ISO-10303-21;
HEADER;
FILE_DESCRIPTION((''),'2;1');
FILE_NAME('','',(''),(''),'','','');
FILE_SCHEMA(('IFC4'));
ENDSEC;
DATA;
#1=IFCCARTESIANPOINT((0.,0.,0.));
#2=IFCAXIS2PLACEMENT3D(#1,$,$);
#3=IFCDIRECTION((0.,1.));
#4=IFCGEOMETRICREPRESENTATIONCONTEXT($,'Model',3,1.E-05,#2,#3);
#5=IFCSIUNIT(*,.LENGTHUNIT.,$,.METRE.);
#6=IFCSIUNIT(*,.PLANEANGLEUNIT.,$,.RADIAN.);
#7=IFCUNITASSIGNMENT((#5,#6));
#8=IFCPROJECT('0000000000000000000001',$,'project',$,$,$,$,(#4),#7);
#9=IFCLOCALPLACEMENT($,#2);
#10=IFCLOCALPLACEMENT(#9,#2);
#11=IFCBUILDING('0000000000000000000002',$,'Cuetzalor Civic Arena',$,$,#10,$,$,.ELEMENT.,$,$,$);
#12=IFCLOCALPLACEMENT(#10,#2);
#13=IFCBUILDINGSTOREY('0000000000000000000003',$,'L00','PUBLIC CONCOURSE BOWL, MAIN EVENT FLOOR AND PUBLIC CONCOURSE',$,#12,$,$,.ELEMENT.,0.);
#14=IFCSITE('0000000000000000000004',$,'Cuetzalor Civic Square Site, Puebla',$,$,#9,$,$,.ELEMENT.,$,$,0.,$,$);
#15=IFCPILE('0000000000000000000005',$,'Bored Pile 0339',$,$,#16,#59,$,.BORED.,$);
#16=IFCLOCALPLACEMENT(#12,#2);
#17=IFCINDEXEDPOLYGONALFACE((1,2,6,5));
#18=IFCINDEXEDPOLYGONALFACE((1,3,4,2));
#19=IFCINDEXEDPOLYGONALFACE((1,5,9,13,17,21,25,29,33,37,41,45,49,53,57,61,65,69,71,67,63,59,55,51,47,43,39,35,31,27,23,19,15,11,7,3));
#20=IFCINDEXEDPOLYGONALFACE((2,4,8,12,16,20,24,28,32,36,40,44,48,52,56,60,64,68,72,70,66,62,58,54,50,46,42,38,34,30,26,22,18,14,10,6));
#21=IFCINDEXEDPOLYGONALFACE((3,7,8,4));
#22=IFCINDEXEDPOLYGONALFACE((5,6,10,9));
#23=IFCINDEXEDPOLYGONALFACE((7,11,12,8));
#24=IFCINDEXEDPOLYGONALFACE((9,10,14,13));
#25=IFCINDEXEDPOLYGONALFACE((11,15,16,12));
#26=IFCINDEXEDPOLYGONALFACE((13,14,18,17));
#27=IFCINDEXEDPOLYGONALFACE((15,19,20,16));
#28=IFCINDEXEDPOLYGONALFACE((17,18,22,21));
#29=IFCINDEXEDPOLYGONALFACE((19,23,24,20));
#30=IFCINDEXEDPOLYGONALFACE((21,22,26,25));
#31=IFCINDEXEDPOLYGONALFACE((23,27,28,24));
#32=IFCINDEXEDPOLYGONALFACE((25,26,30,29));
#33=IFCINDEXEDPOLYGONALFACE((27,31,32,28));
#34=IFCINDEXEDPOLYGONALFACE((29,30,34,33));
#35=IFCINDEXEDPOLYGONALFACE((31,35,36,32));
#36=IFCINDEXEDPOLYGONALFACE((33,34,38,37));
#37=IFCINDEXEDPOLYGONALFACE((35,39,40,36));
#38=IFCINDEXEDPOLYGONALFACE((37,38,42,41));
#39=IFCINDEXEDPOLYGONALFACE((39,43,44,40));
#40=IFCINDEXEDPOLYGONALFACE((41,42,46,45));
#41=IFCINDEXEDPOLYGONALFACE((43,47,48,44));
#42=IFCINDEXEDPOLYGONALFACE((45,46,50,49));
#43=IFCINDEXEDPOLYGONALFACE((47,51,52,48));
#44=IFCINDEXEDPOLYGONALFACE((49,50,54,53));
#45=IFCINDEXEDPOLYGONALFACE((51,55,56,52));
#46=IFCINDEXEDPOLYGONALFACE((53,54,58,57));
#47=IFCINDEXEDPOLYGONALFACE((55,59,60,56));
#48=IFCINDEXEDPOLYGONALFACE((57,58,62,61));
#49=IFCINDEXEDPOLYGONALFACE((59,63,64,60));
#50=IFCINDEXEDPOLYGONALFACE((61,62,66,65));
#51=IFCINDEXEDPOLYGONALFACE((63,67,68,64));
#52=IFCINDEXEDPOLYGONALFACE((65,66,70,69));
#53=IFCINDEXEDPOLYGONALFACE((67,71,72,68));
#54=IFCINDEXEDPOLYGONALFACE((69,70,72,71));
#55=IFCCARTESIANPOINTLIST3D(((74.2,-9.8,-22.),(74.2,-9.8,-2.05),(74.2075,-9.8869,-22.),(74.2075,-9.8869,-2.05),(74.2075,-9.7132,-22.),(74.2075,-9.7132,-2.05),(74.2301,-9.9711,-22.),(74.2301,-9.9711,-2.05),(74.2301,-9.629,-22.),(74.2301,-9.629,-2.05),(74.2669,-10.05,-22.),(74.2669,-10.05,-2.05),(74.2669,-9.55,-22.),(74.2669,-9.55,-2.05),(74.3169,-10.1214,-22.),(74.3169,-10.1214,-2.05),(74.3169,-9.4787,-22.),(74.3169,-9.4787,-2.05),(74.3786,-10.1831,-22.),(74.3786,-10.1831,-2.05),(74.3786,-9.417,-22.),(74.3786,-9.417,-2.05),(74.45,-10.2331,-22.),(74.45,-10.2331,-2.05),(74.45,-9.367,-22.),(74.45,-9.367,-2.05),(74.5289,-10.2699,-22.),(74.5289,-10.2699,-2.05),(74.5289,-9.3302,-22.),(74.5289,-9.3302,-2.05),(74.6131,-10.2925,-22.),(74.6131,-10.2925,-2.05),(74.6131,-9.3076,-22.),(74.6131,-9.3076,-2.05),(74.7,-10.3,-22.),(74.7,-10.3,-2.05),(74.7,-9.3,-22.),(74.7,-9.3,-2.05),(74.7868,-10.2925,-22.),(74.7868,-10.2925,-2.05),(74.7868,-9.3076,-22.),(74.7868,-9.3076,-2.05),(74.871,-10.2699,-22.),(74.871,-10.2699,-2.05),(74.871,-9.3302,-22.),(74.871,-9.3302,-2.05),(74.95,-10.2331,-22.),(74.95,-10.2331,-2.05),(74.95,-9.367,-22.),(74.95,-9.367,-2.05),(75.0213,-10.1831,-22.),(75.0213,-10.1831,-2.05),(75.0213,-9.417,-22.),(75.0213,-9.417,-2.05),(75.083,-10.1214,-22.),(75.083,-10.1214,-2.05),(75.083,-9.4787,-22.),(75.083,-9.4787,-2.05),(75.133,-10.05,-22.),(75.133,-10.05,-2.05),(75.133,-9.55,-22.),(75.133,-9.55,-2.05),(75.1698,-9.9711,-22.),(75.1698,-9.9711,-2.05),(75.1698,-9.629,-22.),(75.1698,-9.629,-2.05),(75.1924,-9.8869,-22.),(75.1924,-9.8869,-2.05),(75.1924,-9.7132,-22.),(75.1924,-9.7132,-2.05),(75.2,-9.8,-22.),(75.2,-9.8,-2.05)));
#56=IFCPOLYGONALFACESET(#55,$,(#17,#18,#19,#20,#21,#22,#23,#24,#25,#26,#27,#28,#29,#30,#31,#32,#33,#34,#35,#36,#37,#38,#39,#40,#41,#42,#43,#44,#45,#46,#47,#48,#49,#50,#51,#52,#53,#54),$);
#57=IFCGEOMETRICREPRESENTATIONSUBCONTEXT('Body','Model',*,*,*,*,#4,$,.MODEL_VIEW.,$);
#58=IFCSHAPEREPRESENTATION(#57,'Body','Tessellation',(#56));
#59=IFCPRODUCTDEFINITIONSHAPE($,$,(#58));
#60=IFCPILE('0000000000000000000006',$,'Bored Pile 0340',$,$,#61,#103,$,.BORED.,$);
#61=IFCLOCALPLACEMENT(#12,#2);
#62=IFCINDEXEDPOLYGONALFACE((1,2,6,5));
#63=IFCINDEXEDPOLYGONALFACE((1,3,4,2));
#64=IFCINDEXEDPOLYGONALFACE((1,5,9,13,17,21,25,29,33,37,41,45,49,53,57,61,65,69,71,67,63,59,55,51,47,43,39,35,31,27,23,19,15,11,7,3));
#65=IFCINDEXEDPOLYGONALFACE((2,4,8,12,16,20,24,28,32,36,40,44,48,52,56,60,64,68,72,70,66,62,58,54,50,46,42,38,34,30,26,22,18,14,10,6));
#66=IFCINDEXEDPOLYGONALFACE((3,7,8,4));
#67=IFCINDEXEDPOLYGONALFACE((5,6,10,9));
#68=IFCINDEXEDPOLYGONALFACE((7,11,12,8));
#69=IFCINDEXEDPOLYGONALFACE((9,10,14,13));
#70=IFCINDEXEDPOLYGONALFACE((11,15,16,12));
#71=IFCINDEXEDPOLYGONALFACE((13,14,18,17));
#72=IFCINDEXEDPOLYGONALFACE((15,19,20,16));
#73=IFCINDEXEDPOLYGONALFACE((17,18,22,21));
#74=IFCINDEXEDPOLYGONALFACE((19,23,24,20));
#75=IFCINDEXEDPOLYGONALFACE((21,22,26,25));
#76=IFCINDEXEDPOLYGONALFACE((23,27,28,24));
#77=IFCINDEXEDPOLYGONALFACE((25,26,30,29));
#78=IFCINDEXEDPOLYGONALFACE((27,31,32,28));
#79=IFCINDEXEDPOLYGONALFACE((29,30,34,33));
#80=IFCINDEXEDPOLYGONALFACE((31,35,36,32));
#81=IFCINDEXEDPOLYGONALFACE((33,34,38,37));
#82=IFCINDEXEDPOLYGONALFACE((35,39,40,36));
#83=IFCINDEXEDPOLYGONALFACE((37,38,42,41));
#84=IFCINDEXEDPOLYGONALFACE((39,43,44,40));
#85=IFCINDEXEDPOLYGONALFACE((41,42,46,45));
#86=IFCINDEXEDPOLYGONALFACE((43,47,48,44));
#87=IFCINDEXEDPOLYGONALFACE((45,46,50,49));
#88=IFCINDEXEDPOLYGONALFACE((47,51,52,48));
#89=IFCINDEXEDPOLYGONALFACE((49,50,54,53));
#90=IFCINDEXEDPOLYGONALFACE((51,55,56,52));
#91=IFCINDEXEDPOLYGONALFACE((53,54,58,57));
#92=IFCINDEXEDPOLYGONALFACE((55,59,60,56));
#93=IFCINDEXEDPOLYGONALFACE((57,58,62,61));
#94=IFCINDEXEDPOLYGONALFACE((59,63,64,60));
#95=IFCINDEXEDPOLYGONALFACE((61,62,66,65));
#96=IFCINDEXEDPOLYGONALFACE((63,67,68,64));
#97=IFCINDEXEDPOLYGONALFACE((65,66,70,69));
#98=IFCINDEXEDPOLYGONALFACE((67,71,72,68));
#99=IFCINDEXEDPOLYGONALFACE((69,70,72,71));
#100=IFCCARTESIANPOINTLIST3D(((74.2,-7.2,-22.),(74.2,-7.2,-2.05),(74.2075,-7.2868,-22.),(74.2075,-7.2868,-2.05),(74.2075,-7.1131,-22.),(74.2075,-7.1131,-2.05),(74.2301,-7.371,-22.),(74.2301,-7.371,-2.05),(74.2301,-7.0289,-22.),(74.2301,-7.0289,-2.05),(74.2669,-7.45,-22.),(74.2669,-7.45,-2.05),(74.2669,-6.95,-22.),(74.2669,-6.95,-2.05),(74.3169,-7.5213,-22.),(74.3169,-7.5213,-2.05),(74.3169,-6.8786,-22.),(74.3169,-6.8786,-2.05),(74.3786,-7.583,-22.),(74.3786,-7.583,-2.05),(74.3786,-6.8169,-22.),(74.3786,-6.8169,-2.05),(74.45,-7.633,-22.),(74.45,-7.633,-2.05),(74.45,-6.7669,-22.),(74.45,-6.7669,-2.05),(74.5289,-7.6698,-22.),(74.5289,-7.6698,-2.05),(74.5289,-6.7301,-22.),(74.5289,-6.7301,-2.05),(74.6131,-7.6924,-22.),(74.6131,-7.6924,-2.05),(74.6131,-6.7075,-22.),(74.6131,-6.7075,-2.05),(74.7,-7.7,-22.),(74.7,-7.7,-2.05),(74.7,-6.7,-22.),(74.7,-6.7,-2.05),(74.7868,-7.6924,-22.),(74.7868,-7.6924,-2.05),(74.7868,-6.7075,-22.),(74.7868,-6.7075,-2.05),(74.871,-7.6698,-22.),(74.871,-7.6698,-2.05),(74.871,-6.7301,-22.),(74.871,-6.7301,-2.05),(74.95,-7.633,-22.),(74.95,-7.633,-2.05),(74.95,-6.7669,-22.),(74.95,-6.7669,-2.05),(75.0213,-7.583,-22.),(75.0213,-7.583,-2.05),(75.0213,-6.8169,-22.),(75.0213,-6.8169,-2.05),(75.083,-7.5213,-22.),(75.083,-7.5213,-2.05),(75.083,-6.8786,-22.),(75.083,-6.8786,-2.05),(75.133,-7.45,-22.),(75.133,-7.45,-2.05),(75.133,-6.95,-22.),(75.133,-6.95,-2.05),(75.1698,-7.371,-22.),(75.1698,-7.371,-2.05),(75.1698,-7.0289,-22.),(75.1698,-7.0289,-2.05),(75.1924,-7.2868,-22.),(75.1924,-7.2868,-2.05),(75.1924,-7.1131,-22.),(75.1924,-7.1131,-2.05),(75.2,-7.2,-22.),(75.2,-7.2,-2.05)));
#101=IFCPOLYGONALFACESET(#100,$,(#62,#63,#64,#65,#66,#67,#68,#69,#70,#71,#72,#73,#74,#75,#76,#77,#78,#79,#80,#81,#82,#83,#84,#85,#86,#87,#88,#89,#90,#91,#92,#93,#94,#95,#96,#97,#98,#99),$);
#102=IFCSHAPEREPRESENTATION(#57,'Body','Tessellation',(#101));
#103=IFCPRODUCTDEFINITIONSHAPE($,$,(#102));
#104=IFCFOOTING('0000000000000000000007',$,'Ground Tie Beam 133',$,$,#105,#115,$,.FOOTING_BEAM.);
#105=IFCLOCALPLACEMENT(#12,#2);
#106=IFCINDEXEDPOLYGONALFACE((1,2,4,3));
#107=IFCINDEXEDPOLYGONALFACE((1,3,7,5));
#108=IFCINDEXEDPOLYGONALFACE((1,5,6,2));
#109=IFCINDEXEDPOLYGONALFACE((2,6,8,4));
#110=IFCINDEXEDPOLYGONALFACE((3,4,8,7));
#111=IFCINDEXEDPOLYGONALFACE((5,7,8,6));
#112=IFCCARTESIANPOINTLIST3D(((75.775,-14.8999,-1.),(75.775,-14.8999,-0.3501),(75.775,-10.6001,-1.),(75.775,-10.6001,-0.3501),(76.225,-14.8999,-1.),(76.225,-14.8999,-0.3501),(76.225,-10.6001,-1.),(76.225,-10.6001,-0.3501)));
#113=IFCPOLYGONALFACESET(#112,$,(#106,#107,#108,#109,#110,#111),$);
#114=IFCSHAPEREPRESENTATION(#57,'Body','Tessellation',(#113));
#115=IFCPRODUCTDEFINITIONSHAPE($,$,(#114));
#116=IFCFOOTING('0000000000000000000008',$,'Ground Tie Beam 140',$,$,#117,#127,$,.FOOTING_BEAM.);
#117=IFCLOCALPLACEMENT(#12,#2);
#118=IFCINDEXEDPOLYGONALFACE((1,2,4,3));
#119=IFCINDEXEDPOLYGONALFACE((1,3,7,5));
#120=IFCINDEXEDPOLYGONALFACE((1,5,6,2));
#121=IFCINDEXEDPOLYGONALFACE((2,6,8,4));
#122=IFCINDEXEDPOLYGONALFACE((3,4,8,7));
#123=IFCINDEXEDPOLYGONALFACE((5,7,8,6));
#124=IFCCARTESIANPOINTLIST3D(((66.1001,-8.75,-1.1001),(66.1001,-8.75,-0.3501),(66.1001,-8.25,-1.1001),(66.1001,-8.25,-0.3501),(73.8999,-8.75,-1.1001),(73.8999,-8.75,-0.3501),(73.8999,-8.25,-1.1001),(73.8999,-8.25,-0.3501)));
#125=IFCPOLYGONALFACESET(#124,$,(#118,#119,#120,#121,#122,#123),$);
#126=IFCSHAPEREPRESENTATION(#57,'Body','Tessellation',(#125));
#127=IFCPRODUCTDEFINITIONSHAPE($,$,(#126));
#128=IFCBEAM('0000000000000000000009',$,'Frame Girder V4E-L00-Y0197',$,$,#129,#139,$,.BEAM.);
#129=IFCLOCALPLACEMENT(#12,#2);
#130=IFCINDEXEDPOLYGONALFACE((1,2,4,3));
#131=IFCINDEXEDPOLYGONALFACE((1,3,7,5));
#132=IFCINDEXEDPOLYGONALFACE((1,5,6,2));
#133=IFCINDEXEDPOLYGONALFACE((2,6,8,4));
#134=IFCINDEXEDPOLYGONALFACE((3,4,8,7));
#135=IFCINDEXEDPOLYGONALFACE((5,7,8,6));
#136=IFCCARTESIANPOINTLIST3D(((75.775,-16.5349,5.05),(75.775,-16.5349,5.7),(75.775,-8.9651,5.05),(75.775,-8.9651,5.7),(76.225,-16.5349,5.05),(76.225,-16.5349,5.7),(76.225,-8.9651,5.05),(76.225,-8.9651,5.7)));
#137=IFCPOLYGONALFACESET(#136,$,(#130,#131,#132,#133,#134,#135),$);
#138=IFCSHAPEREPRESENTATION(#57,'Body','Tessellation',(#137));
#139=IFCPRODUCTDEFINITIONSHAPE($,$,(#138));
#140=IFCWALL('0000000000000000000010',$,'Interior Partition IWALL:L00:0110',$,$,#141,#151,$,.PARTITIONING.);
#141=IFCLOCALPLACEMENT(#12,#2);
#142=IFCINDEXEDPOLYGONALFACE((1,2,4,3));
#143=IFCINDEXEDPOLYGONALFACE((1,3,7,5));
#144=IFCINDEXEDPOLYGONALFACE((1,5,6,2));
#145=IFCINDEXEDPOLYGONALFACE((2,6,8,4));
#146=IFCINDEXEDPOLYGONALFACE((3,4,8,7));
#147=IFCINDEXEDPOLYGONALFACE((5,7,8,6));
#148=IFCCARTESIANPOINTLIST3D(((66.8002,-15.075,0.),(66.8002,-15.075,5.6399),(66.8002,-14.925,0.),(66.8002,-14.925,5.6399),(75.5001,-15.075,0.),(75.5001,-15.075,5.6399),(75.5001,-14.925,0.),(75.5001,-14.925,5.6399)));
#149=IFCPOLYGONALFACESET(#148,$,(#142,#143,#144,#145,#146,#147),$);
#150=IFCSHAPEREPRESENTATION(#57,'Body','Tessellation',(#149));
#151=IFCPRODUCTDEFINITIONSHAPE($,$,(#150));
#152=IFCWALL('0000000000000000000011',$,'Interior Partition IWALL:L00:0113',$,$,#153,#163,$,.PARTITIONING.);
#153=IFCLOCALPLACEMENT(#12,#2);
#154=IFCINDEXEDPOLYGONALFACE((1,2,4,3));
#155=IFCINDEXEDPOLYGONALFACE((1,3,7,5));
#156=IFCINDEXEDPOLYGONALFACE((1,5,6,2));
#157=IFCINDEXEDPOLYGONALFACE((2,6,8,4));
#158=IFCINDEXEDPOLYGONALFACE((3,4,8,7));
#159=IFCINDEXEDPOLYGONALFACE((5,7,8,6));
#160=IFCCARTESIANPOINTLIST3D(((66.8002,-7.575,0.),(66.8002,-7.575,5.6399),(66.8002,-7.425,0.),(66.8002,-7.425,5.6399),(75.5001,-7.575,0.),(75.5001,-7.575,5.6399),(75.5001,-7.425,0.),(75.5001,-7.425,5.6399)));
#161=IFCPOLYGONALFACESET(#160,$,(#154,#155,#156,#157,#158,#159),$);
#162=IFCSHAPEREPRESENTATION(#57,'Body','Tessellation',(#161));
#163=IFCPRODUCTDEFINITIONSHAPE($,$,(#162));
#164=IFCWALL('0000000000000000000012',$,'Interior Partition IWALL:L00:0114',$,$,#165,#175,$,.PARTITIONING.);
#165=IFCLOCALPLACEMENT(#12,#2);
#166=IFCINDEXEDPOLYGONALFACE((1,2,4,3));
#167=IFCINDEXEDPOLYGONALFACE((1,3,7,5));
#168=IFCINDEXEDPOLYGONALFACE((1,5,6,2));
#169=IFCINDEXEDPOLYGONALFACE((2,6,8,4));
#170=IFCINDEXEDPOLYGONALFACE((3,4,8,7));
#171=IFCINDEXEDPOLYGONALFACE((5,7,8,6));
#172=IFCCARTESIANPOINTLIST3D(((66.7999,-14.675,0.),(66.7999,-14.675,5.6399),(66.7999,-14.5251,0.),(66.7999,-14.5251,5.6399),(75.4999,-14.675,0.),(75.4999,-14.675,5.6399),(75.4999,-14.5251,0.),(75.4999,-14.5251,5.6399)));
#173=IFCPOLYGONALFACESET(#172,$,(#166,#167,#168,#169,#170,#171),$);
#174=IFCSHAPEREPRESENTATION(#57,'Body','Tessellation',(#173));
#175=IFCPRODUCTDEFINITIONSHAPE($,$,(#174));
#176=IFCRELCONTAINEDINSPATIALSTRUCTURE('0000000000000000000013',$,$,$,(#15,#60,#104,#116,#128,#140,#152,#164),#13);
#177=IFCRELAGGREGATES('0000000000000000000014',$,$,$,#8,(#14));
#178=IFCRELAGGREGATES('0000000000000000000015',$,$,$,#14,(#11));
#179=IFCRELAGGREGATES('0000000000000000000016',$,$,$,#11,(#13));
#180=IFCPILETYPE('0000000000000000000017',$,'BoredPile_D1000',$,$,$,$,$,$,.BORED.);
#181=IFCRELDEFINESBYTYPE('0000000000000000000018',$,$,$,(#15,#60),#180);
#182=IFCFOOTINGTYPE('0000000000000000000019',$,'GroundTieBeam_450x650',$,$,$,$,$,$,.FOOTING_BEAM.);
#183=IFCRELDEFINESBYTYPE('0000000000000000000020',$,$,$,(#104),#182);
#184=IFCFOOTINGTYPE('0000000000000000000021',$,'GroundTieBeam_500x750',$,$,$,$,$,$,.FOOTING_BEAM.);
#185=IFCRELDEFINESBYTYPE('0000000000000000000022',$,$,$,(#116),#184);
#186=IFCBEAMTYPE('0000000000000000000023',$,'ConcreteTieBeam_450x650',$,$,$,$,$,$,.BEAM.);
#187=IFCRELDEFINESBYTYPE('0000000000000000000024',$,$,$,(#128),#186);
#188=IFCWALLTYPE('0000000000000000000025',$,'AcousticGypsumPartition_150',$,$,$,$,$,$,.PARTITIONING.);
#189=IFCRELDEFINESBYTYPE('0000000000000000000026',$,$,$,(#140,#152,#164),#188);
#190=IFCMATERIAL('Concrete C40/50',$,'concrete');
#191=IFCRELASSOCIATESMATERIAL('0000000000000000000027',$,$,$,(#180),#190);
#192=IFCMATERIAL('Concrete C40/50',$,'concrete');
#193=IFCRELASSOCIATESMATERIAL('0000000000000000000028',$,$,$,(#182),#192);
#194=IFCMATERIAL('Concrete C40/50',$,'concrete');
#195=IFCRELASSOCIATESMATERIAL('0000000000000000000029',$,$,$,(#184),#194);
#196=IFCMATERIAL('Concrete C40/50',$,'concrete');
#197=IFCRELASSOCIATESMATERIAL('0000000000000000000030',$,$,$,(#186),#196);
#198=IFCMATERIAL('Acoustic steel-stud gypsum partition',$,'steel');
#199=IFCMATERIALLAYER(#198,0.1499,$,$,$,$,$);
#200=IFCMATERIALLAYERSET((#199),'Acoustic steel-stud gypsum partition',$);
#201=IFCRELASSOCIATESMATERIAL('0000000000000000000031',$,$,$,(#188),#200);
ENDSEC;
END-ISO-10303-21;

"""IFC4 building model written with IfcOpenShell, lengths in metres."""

from ifc_helpers import new_model, si_unit, direction, frame, frame_2d, origin, origin_2d, place, context, subcontext, project, spatial, rectangle, circle, extrude, material, layer, layer_set, material_profile, profile_set, type_object, element, save


model = new_model("IFC4")

# Units and contexts
model_context = context("Model", 3, precision=1e-05, world=origin(), true_north=direction((0.0, 1.0)))
body_context = subcontext(model_context, "Body", "Model", "MODEL_VIEW")
ifc_project = project(units=[si_unit("LENGTHUNIT", "METRE"), si_unit("PLANEANGLEUNIT", "RADIAN")], contexts=[model_context])

# Site, building, storey
site_placement = place(None, origin())
site = spatial("IfcSite", under=ifc_project, at=site_placement, Name="Cuetzalor Civic Square Site, Puebla", CompositionType="ELEMENT", RefElevation=0.0)
building_placement = place(site_placement, origin())
building = spatial("IfcBuilding", under=site, at=building_placement, Name="Cuetzalor Civic Arena", CompositionType="ELEMENT")
storey_placement = place(building_placement, origin())
storey = spatial("IfcBuildingStorey", under=building, at=storey_placement, Name="L00", Description="PUBLIC CONCOURSE BOWL, MAIN EVENT FLOOR AND PUBLIC CONCOURSE", CompositionType="ELEMENT", Elevation=0.0)

# Piles
ifc_material_1 = material(Name="Concrete C40/50", Category="concrete")
ifc_material_profile_1 = material_profile(ifc_material_1, circle(Radius=0.5, at=origin_2d()), Name="BORED PILE D1000")
ifc_profile_set_1 = profile_set([ifc_material_profile_1], Name="Concrete C40/50")
pile_type = type_object("IfcPileType", Name="BoredPile_D1000", PredefinedType="BORED", material=ifc_profile_set_1)
for number, where, z_axis, x_axis, name in (
    (1, (74.7, -9.8, -2.05), (0.0, 0.0, -1.0), (1.0, 0.0, 0.0), "Bored Pile 0339"),
    (2, (74.7, -7.2, -2.05), (0.0, 0.0, -1.0), (1.0, 0.0, 0.0), "Bored Pile 0340"),
):
    element("IfcPile", number, at=place(storey_placement, frame(where, z_axis=z_axis, x_axis=x_axis)), inside=storey, type_object=pile_type, Name=name, PredefinedType="BORED", context=body_context, shape_type="SweptSolid", body=[
        extrude(circle(Radius=0.5, at=origin_2d()), origin(), (0.0, 0.0, 1.0), 19.95),
    ])

# Footings
ifc_material_2 = material(Name="Concrete C40/50", Category="concrete")
ifc_material_profile_2 = material_profile(ifc_material_2, rectangle(XDim=0.45, YDim=0.6499, at=origin_2d()), Name="RC 450x650")
ifc_profile_set_2 = profile_set([ifc_material_profile_2], Name="Concrete C40/50")
footing_type_1 = type_object("IfcFootingType", Name="GroundTieBeam_450x650", PredefinedType="FOOTING_BEAM", material=ifc_profile_set_2)
footing_1_placement = place(storey_placement, frame((76.0, -14.8999, -0.675), z_axis=(0.0, 1.0, 0.0), x_axis=(-1.0, 0.0, 0.0)))
element("IfcFooting", 3, at=footing_1_placement, inside=storey, type_object=footing_type_1, Name="Ground Tie Beam 133", PredefinedType="FOOTING_BEAM", context=body_context, shape_type="SweptSolid", body=[
    extrude(rectangle(XDim=0.45, YDim=0.6499, at=origin_2d()), origin(), (0.0, 0.0, 1.0), 4.2998),
])
ifc_material_3 = material(Name="Concrete C40/50", Category="concrete")
ifc_material_profile_3 = material_profile(ifc_material_3, rectangle(XDim=0.5, YDim=0.75, at=origin_2d()), Name="RC 500x750")
ifc_profile_set_3 = profile_set([ifc_material_profile_3], Name="Concrete C40/50")
footing_type_2 = type_object("IfcFootingType", Name="GroundTieBeam_500x750", PredefinedType="FOOTING_BEAM", material=ifc_profile_set_3)
footing_2_placement = place(storey_placement, frame((66.1001, -8.5, -0.7251), z_axis=(1.0, 0.0, 0.0), x_axis=(0.0, 1.0, 0.0)))
element("IfcFooting", 4, at=footing_2_placement, inside=storey, type_object=footing_type_2, Name="Ground Tie Beam 140", PredefinedType="FOOTING_BEAM", context=body_context, shape_type="SweptSolid", body=[
    extrude(rectangle(XDim=0.5, YDim=0.75, at=origin_2d()), origin(), (0.0, 0.0, 1.0), 7.7998),
])

# Beam
ifc_material_4 = material(Name="Concrete C40/50", Category="concrete")
ifc_material_profile_4 = material_profile(ifc_material_4, rectangle(XDim=0.45, YDim=0.6499, at=origin_2d()), Name="RC 450x650")
ifc_profile_set_4 = profile_set([ifc_material_profile_4], Name="Concrete C40/50")
beam_type = type_object("IfcBeamType", Name="ConcreteTieBeam_450x650", PredefinedType="BEAM", material=ifc_profile_set_4)
beam_placement = place(storey_placement, frame((76.0, -16.5349, 5.375), z_axis=(0.0, 1.0, 0.0), x_axis=(-1.0, 0.0, 0.0)))
element("IfcBeam", 5, at=beam_placement, inside=storey, type_object=beam_type, Name="Frame Girder V4E-L00-Y0197", PredefinedType="BEAM", context=body_context, shape_type="SweptSolid", body=[
    extrude(rectangle(XDim=0.45, YDim=0.6499, at=origin_2d()), origin(), (0.0, 0.0, 1.0), 7.5698),
])

# Walls
ifc_material_5 = material(Name="Acoustic steel-stud gypsum partition", Category="steel")
ifc_layer_1 = layer(ifc_material_5, 0.1499)
ifc_layer_set_1 = layer_set([ifc_layer_1], Name="Acoustic steel-stud gypsum partition")
wall_type_1 = type_object("IfcWallType", Name="AcousticGypsumPartition_150", PredefinedType="PARTITIONING", material=ifc_layer_set_1)
for number, where, z_axis, x_axis, name in (
    (6, (66.8, -15.0, 0.0), (0.0, 0.0, 1.0), (1.0, 0.0, 0.0), "Interior Partition IWALL:L00:0110"),
    (7, (66.8, -7.5, 0.0), (0.0, 0.0, 1.0), (1.0, 0.0, 0.0), "Interior Partition IWALL:L00:0113"),
    (8, (75.5, -14.6001, 0.0), (0.0, 0.0, 1.0), (-1.0, 0.0, 0.0), "Interior Partition IWALL:L00:0114"),
):
    element("IfcWall", number, at=place(storey_placement, frame(where, z_axis=z_axis, x_axis=x_axis)), inside=storey, type_object=wall_type_1, Name=name, PredefinedType="PARTITIONING", context=body_context, shape_type="SweptSolid", body=[
        extrude(rectangle(XDim=8.7, YDim=0.1499, at=frame_2d((4.3501, 0.0))), origin(), (0.0, 0.0, 1.0), 5.6399),
    ])

save(model, "model.ifc")
